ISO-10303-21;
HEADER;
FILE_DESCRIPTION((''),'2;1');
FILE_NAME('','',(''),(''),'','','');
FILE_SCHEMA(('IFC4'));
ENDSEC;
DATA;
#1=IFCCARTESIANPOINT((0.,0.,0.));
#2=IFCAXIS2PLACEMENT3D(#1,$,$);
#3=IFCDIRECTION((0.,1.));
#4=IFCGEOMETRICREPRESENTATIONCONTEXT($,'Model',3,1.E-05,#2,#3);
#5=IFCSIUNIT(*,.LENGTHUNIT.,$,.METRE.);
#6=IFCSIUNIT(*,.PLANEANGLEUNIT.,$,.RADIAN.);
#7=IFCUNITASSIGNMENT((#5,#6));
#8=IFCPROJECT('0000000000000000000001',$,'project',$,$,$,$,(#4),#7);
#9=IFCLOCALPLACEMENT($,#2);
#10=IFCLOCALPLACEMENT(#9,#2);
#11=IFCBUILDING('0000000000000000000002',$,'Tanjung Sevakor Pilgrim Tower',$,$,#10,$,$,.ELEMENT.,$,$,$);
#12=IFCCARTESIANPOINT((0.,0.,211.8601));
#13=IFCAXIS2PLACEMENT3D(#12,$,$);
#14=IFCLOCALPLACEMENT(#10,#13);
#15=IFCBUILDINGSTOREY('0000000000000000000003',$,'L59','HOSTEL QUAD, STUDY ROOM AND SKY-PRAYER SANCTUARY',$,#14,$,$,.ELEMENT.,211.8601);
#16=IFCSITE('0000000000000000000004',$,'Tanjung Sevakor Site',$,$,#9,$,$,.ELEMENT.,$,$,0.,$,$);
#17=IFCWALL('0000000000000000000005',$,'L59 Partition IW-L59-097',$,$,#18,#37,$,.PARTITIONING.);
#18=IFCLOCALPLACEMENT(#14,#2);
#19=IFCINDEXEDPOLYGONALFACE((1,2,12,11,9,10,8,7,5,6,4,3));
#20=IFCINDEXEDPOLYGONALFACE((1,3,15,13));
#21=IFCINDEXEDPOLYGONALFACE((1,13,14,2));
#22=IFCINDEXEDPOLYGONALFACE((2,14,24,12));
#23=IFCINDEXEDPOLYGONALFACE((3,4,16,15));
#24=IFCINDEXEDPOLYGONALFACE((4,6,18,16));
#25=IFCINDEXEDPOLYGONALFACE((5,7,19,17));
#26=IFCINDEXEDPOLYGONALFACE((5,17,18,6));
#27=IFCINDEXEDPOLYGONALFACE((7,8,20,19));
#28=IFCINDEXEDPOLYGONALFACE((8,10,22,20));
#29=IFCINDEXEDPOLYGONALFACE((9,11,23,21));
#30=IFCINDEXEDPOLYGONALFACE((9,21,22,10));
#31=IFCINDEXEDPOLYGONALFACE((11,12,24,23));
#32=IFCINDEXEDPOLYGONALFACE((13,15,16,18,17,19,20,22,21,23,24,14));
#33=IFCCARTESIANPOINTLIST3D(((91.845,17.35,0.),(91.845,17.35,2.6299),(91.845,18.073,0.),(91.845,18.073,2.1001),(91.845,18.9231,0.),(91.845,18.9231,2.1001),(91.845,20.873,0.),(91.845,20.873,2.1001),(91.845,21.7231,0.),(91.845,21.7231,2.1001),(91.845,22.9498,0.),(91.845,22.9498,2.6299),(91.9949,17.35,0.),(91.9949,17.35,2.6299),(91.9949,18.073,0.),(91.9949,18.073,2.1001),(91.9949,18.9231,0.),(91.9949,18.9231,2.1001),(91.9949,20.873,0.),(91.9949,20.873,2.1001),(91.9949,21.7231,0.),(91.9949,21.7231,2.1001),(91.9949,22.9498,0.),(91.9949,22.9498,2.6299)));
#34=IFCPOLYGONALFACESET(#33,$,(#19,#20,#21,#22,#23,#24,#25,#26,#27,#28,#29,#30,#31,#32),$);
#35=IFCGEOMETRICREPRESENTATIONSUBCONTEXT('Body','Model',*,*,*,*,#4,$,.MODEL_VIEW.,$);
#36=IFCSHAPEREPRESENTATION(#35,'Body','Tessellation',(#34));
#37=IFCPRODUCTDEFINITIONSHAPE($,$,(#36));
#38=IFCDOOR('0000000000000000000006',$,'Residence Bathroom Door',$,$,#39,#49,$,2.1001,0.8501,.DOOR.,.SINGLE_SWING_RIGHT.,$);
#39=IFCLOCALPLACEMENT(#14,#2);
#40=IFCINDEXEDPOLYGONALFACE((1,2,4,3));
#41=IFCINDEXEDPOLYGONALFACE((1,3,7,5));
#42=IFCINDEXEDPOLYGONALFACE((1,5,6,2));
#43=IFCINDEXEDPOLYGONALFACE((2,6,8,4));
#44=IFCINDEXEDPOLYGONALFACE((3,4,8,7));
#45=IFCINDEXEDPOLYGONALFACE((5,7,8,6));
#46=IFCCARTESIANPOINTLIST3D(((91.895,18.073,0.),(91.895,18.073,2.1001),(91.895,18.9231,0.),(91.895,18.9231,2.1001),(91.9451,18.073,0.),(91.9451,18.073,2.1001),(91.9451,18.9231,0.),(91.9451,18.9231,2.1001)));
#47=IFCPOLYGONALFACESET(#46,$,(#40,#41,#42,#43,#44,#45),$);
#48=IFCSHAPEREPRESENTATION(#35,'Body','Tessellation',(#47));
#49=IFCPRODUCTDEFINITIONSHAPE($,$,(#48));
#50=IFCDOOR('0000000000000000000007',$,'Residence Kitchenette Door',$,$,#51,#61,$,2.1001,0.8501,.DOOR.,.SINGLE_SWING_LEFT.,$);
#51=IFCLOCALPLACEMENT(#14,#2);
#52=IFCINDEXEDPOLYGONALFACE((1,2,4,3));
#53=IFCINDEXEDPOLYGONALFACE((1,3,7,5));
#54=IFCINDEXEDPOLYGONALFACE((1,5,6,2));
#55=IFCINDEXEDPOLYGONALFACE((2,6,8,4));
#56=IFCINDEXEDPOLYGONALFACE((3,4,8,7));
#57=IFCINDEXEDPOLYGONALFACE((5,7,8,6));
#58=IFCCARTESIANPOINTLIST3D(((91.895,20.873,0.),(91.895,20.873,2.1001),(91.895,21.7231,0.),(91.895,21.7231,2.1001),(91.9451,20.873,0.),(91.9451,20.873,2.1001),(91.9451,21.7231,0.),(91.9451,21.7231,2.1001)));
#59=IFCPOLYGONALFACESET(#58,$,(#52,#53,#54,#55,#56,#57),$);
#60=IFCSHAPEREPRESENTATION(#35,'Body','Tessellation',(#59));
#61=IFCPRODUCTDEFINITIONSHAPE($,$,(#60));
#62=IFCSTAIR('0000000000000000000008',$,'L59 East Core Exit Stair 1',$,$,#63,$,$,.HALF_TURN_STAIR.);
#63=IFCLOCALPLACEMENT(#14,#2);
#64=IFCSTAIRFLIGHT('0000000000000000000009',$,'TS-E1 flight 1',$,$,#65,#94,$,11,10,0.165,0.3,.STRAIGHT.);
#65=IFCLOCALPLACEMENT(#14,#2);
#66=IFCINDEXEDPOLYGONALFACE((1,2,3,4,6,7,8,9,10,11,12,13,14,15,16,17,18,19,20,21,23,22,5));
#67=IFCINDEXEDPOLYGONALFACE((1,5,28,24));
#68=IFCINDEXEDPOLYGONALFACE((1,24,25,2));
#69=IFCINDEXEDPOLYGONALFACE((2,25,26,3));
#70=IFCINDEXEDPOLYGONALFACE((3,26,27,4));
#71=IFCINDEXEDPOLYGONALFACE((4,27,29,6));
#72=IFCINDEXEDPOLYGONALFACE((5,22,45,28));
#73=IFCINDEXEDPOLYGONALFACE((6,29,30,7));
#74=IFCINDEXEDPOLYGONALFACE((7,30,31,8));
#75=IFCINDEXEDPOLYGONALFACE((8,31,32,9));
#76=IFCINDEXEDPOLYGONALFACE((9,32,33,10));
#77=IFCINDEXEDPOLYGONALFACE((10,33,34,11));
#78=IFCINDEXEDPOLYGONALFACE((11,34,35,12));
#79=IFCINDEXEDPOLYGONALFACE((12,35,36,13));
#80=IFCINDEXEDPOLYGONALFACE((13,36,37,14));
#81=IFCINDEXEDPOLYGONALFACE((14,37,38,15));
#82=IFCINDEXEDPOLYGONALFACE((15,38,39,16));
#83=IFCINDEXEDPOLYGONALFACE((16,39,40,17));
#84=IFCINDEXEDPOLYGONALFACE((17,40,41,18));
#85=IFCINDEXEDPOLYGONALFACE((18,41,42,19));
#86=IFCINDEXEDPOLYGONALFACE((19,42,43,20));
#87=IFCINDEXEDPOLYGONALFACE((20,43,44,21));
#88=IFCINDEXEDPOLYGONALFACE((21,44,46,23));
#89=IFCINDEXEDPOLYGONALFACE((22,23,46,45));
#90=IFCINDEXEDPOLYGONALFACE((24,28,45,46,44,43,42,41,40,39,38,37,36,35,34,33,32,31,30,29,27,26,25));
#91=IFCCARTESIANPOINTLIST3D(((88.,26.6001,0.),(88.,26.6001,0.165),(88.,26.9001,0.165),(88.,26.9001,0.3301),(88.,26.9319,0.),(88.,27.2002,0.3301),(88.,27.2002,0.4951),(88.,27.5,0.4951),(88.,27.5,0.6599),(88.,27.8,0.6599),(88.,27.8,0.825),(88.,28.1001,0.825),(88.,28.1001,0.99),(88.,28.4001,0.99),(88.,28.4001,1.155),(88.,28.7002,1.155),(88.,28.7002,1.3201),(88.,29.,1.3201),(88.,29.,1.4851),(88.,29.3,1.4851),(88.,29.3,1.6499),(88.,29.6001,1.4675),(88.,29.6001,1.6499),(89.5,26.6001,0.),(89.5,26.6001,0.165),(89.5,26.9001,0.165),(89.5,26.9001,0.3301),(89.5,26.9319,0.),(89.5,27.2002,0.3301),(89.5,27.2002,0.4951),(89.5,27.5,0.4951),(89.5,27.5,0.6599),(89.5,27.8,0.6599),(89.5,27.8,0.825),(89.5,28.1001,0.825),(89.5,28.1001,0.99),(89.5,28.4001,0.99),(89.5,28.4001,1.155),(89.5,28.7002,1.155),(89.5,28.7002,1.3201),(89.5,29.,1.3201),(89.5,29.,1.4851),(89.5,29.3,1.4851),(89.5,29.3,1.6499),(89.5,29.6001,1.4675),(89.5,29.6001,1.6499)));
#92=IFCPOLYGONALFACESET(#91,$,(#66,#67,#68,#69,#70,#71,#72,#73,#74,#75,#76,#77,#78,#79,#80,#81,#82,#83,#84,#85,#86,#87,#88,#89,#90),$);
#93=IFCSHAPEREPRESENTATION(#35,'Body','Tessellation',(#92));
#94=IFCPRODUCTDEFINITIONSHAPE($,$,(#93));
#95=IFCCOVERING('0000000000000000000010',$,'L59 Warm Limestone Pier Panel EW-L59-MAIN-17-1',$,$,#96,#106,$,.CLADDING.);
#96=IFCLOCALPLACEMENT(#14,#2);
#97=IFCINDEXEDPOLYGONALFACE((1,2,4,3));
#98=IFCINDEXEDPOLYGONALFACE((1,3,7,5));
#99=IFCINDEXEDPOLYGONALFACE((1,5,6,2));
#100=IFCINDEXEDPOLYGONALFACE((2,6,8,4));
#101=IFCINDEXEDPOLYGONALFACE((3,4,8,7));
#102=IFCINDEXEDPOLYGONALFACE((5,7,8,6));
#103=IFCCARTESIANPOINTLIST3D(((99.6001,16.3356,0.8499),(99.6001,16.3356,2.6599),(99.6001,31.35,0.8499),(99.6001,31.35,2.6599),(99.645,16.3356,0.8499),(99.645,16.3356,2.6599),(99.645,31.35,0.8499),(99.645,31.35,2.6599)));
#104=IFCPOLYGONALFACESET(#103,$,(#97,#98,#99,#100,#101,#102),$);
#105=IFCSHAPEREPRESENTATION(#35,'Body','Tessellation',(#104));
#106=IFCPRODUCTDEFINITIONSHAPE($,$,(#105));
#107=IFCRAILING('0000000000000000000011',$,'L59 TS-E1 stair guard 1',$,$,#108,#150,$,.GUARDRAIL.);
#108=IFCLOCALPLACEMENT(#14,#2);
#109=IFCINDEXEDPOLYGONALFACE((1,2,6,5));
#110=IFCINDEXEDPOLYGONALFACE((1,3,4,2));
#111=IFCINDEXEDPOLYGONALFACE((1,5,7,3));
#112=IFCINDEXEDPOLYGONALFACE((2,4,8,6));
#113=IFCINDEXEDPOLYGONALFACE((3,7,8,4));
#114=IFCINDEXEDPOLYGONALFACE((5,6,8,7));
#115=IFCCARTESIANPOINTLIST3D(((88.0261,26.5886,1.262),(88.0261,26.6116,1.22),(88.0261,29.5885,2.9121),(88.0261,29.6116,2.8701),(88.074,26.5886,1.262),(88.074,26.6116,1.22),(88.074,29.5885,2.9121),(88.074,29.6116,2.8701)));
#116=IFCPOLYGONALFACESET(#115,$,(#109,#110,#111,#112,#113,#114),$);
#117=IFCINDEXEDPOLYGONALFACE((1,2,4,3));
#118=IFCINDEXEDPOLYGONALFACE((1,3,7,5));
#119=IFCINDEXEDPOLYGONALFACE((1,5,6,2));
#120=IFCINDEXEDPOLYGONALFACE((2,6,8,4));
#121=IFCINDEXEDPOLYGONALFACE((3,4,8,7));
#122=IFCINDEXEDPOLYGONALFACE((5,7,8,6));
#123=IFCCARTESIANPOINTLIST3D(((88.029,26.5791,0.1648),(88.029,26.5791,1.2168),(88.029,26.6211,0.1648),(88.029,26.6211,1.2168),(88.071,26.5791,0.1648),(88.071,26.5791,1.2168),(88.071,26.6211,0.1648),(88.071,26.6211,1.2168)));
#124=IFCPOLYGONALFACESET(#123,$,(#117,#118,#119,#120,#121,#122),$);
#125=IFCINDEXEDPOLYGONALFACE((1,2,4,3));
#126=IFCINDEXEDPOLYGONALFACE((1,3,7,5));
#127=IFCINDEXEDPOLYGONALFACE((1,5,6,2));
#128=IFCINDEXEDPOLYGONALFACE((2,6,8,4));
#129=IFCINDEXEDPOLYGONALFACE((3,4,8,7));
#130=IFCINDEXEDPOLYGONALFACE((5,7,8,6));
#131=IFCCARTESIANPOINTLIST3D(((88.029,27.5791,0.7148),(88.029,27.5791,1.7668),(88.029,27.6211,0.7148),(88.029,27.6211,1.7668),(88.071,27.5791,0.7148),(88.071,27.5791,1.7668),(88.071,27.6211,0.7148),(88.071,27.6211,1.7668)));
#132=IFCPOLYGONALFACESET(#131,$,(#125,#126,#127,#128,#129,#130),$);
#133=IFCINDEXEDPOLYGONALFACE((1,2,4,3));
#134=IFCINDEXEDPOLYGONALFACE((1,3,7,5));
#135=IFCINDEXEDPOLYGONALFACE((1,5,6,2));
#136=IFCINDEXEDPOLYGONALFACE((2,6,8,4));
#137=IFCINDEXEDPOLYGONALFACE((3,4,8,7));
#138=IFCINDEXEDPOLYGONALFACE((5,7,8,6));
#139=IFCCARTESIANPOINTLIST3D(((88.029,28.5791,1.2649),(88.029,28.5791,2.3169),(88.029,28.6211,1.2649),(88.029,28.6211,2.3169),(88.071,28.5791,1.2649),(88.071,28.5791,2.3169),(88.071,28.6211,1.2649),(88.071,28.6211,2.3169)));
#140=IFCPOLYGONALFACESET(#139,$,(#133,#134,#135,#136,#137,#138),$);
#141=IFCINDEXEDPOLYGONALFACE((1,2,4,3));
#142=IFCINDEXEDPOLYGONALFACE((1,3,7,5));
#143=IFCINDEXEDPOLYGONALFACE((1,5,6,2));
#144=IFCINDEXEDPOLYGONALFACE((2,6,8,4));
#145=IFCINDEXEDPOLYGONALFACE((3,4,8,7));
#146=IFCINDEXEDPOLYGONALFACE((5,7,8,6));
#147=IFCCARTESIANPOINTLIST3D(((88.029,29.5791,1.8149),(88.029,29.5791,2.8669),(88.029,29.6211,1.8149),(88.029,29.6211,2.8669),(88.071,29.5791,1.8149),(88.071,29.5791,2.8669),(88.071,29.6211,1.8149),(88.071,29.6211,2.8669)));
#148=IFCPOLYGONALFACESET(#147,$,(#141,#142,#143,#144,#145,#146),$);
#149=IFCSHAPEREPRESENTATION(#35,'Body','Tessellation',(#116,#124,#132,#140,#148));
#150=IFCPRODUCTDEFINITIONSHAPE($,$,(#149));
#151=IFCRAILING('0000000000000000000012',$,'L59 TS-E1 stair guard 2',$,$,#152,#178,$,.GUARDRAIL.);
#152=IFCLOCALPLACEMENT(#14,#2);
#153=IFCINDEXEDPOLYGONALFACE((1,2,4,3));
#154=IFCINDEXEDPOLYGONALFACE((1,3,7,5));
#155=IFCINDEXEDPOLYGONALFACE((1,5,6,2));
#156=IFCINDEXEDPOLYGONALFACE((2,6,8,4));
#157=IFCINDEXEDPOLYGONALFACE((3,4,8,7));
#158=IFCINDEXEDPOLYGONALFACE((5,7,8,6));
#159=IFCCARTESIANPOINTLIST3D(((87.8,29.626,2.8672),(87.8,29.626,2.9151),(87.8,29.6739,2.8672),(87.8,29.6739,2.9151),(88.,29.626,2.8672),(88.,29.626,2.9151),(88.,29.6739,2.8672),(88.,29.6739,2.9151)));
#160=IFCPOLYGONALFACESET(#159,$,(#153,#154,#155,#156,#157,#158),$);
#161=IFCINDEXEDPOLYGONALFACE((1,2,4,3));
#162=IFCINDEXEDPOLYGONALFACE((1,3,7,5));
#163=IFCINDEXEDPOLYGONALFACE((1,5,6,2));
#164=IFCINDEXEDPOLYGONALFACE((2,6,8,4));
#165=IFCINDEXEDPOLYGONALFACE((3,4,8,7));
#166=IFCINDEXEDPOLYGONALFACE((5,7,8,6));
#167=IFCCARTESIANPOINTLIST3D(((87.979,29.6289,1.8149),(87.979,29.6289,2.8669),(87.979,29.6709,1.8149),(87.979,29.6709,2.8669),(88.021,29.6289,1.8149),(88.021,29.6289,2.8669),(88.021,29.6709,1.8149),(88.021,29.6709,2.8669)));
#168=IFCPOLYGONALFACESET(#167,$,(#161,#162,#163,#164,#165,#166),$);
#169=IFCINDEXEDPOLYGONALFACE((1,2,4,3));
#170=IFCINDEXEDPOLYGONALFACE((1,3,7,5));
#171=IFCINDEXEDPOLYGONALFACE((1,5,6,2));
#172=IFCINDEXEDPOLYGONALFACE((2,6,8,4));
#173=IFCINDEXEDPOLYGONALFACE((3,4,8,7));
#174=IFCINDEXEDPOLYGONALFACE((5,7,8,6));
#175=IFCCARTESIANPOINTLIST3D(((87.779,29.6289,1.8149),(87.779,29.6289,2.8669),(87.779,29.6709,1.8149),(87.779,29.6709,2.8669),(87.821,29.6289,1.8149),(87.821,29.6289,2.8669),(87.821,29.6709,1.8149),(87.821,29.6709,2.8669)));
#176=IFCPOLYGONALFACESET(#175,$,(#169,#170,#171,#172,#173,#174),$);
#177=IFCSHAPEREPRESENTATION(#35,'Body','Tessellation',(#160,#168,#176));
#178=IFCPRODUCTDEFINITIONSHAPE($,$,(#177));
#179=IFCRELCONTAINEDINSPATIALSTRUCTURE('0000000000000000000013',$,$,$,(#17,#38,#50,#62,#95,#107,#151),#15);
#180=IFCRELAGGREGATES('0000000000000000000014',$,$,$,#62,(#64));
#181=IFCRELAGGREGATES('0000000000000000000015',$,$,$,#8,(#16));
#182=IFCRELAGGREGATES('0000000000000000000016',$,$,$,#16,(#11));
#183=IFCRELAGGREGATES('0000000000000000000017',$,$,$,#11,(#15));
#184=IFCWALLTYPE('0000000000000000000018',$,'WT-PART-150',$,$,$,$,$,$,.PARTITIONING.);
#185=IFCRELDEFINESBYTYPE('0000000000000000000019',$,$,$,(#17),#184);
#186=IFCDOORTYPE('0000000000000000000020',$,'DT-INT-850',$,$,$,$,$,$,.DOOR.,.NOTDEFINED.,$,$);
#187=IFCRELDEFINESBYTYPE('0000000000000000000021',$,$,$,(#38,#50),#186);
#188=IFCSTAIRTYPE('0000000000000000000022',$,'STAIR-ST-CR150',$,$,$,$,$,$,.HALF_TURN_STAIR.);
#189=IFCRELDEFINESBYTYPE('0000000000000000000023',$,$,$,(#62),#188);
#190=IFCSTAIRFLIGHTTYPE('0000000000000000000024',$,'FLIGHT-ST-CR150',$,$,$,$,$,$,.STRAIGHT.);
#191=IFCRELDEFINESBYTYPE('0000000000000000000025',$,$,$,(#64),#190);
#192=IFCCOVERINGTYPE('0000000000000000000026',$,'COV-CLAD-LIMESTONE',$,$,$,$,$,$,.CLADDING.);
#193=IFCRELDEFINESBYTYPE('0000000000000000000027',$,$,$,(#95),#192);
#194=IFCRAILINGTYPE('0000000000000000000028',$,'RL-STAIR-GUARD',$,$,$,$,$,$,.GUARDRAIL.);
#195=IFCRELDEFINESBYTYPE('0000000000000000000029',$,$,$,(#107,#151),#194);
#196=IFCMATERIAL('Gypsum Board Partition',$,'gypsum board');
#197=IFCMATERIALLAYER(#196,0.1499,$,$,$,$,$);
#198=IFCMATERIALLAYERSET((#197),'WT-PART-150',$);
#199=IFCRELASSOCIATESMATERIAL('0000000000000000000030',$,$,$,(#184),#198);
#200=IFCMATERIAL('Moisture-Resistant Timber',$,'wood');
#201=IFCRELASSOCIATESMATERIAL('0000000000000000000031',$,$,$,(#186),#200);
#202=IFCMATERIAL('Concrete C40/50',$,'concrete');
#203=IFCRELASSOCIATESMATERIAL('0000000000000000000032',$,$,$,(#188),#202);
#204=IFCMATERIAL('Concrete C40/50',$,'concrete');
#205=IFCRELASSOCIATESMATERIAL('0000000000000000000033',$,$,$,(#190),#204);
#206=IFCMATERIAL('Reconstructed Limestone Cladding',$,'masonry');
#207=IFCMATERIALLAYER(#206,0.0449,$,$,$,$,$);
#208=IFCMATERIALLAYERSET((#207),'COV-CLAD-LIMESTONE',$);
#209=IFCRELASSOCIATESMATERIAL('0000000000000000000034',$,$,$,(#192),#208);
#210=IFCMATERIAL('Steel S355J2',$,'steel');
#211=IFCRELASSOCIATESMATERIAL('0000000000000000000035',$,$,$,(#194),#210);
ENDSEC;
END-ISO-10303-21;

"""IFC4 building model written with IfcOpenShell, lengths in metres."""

from ifc_helpers import new_model, si_unit, direction, frame, frame_2d, origin, origin_2d, place, context, subcontext, project, spatial, polyline, rectangle, outline, extrude, material, layer, layer_set, type_object, element, fill, aggregate, save


model = new_model("IFC4")

# Units and contexts
model_context = context("Model", 3, precision=1e-05, world=origin(), true_north=direction((0.0, 1.0)))
body_context = subcontext(model_context, "Body", "Model", "MODEL_VIEW")
ifc_project = project(units=[si_unit("LENGTHUNIT", "METRE"), si_unit("PLANEANGLEUNIT", "RADIAN")], contexts=[model_context])

# Site, building, storey
site_placement = place(None, origin())
site = spatial("IfcSite", under=ifc_project, at=site_placement, Name="Tanjung Sevakor Site", CompositionType="ELEMENT", RefElevation=0.0)
building_placement = place(site_placement, origin())
building = spatial("IfcBuilding", under=site, at=building_placement, Name="Tanjung Sevakor Pilgrim Tower", CompositionType="ELEMENT")
storey_placement = place(building_placement, frame((0.0, 0.0, 211.8601)))
storey = spatial("IfcBuildingStorey", under=building, at=storey_placement, Name="L59", Description="HOSTEL QUAD, STUDY ROOM AND SKY-PRAYER SANCTUARY", CompositionType="ELEMENT", Elevation=211.8601)

# Wall, openings, doors
ifc_material_1 = material(Name="Gypsum Board Partition", Category="gypsum board")
ifc_layer_1 = layer(ifc_material_1, 0.1499)
ifc_layer_set_1 = layer_set([ifc_layer_1], Name="WT-PART-150")
wall_type_1 = type_object("IfcWallType", Name="WT-PART-150", PredefinedType="PARTITIONING", material=ifc_layer_set_1)
wall_1_placement = place(storey_placement, frame((91.9199, 17.3501, 0.0), z_axis=(0.0, 0.0, 1.0), x_axis=(0.0, 1.0, 0.0)))
wall_1 = element("IfcWall", 1, at=wall_1_placement, inside=storey, type_object=wall_type_1, Name="L59 Partition IW-L59-097", PredefinedType="PARTITIONING", context=body_context, shape_type="SweptSolid", body=[
    extrude(rectangle(XDim=5.5999, YDim=0.1499, at=frame_2d((2.7998, 0.0))), origin(), (0.0, 0.0, 1.0), 2.6299),
])
opening_1_placement = place(wall_1_placement, frame((0.7229, 0.0, 0.0)))
opening_1 = element("IfcOpeningElement", 2, at=opening_1_placement, cuts=wall_1, PredefinedType="OPENING", context=body_context, shape_type="SweptSolid", body=[
    extrude(rectangle(XDim=0.8501, YDim=2.1001, at=frame_2d((0.425, 1.05))), frame((0.0, 0.085, 0.0), z_axis=(0.0, -1.0, 0.0), x_axis=(1.0, 0.0, 0.0)), (0.0, 0.0, 1.0), 0.1699),
])
opening_2_placement = place(wall_1_placement, frame((3.5229, 0.0, 0.0)))
opening_2 = element("IfcOpeningElement", 3, at=opening_2_placement, cuts=wall_1, PredefinedType="OPENING", context=body_context, shape_type="SweptSolid", body=[
    extrude(rectangle(XDim=0.8501, YDim=2.1001, at=frame_2d((0.425, 1.05))), frame((0.0, 0.085, 0.0), z_axis=(0.0, -1.0, 0.0), x_axis=(1.0, 0.0, 0.0)), (0.0, 0.0, 1.0), 0.1699),
])
ifc_material_2 = material(Name="Moisture-Resistant Timber", Category="wood")
door_type_1 = type_object("IfcDoorType", Name="DT-INT-850", OperationType="NOTDEFINED", PredefinedType="DOOR", material=ifc_material_2)
door_1_placement = place(opening_1_placement, origin())
door_1 = element("IfcDoor", 4, at=door_1_placement, inside=storey, type_object=door_type_1, Name="Residence Bathroom Door", OperationType="SINGLE_SWING_RIGHT", OverallHeight=2.1001, OverallWidth=0.8501, PredefinedType="DOOR", context=body_context, shape_type="SweptSolid", body=[
    extrude(rectangle(XDim=0.8501, YDim=2.1001, at=frame_2d((0.425, 1.05))), frame((0.0, 0.0249, 0.0), z_axis=(0.0, -1.0, 0.0), x_axis=(1.0, 0.0, 0.0)), (0.0, 0.0, 1.0), 0.05),
])
fill(opening_1, door_1)
door_2_placement = place(opening_2_placement, origin())
door_2 = element("IfcDoor", 5, at=door_2_placement, inside=storey, type_object=door_type_1, Name="Residence Kitchenette Door", OperationType="SINGLE_SWING_LEFT", OverallHeight=2.1001, OverallWidth=0.8501, PredefinedType="DOOR", context=body_context, shape_type="SweptSolid", body=[
    extrude(rectangle(XDim=0.8501, YDim=2.1001, at=frame_2d((0.425, 1.05))), frame((0.0, 0.0249, 0.0), z_axis=(0.0, -1.0, 0.0), x_axis=(1.0, 0.0, 0.0)), (0.0, 0.0, 1.0), 0.05),
])
fill(opening_2, door_2)

# Stair, stair flight
ifc_material_3 = material(Name="Concrete C40/50", Category="concrete")
stair_type = type_object("IfcStairType", Name="STAIR-ST-CR150", PredefinedType="HALF_TURN_STAIR", material=ifc_material_3)
stair_placement = place(storey_placement, origin())
stair = element("IfcStair", 6, at=stair_placement, inside=storey, type_object=stair_type, Name="L59 East Core Exit Stair 1", PredefinedType="HALF_TURN_STAIR")
ifc_material_4 = material(Name="Concrete C40/50", Category="concrete")
stair_flight_type = type_object("IfcStairFlightType", Name="FLIGHT-ST-CR150", PredefinedType="STRAIGHT", material=ifc_material_4)
stair_flight_placement = place(storey_placement, frame((88.75, 26.6001, 0.0), z_axis=(0.0, 0.0, 1.0), x_axis=(0.0, 1.0, 0.0)))
stair_flight = element("IfcStairFlight", 7, at=stair_flight_placement, type_object=stair_flight_type, Name="TS-E1 flight 1", NumberOfRisers=11, NumberOfTreads=10, PredefinedType="STRAIGHT", RiserHeight=0.165, TreadLength=0.3, context=body_context, shape_type="SweptSolid", body=[
    extrude(outline(polyline([(0.0, 0.0), (0.0, 0.165), (0.3, 0.165), (0.3, 0.3301), (0.6001, 0.3301), (0.6001, 0.4951), (0.8999, 0.4951), (0.8999, 0.6599), (1.2, 0.6599), (1.2, 0.825), (1.5, 0.825), (1.5, 0.99), (1.8, 0.99), (1.8, 1.155), (2.1001, 1.155), (2.1001, 1.3201), (2.3999, 1.3201), (2.3999, 1.4851), (2.7, 1.4851), (2.7, 1.6499), (3.0, 1.6499), (3.0, 1.8149), (3.0, 1.4675), (0.3318, 0.0), (0.0, 0.0)])), frame((0.0, 0.75, 0.0), z_axis=(0.0, -1.0, 0.0), x_axis=(1.0, 0.0, 0.0)), (0.0, 0.0, 1.0), 1.5),
])
aggregate(stair, [stair_flight])

# Covering
ifc_material_5 = material(Name="Reconstructed Limestone Cladding", Category="masonry")
ifc_layer_2 = layer(ifc_material_5, 0.0449)
ifc_layer_set_2 = layer_set([ifc_layer_2], Name="COV-CLAD-LIMESTONE")
covering_type = type_object("IfcCoveringType", Name="COV-CLAD-LIMESTONE", PredefinedType="CLADDING", material=ifc_layer_set_2)
covering_placement = place(storey_placement, frame((99.6226, 23.8428, 0.8499), z_axis=(0.0, 0.0, 1.0), x_axis=(0.0, 1.0, 0.0)))
element("IfcCovering", 8, at=covering_placement, inside=storey, type_object=covering_type, Name="L59 Warm Limestone Pier Panel EW-L59-MAIN-17-1", PredefinedType="CLADDING", context=body_context, shape_type="SweptSolid", body=[
    extrude(rectangle(XDim=15.0144, YDim=0.0449, at=origin_2d()), origin(), (0.0, 0.0, 1.0), 1.8101),
])

# Railings
ifc_material_6 = material(Name="Steel S355J2", Category="steel")
railing_type_1 = type_object("IfcRailingType", Name="RL-STAIR-GUARD", PredefinedType="GUARDRAIL", material=ifc_material_6)
railing_1_placement = place(storey_placement, frame((88.05, 26.6001, 0.1648)))
element("IfcRailing", 9, at=railing_1_placement, inside=storey, type_object=railing_type_1, Name="L59 TS-E1 stair guard 1", PredefinedType="GUARDRAIL", context=body_context, shape_type="SweptSolid", body=[
    extrude(rectangle(XDim=0.0479, YDim=0.0479), frame((0.0, 0.0, 1.0762), z_axis=(0.0, 0.876198, 0.481952), x_axis=(-1.0, 0.0, 0.0)), (0.0, 0.0, 1.0), 3.4238),
    extrude(rectangle(XDim=0.042, YDim=0.042), origin(), (0.0, 0.0, 1.0), 1.052),
    extrude(rectangle(XDim=0.042, YDim=0.042), frame((0.0, 1.0, 0.55)), (0.0, 0.0, 1.0), 1.052),
    extrude(rectangle(XDim=0.042, YDim=0.042), frame((0.0, 2.0, 1.1001)), (0.0, 0.0, 1.0), 1.052),
    extrude(rectangle(XDim=0.042, YDim=0.042), frame((0.0, 3.0, 1.6501)), (0.0, 0.0, 1.0), 1.052),
])
for number, where, name in (
    (10, (88.0, 29.6499, 1.8149), "L59 TS-E1 stair guard 2"),
):
    element("IfcRailing", number, at=place(storey_placement, frame(where)), inside=storey, type_object=railing_type_1, Name=name, PredefinedType="GUARDRAIL", context=body_context, shape_type="SweptSolid", body=[
        extrude(rectangle(XDim=0.0479, YDim=0.0479), frame((0.0, 0.0, 1.0762), z_axis=(-1.0, 0.0, 0.0), x_axis=(0.0, -1.0, 0.0)), (0.0, 0.0, 1.0), 0.2),
        extrude(rectangle(XDim=0.042, YDim=0.042), origin(), (0.0, 0.0, 1.0), 1.052),
        extrude(rectangle(XDim=0.042, YDim=0.042), frame((-0.2, 0.0, 0.0)), (0.0, 0.0, 1.0), 1.052),
    ])

save(model, "model.ifc")
